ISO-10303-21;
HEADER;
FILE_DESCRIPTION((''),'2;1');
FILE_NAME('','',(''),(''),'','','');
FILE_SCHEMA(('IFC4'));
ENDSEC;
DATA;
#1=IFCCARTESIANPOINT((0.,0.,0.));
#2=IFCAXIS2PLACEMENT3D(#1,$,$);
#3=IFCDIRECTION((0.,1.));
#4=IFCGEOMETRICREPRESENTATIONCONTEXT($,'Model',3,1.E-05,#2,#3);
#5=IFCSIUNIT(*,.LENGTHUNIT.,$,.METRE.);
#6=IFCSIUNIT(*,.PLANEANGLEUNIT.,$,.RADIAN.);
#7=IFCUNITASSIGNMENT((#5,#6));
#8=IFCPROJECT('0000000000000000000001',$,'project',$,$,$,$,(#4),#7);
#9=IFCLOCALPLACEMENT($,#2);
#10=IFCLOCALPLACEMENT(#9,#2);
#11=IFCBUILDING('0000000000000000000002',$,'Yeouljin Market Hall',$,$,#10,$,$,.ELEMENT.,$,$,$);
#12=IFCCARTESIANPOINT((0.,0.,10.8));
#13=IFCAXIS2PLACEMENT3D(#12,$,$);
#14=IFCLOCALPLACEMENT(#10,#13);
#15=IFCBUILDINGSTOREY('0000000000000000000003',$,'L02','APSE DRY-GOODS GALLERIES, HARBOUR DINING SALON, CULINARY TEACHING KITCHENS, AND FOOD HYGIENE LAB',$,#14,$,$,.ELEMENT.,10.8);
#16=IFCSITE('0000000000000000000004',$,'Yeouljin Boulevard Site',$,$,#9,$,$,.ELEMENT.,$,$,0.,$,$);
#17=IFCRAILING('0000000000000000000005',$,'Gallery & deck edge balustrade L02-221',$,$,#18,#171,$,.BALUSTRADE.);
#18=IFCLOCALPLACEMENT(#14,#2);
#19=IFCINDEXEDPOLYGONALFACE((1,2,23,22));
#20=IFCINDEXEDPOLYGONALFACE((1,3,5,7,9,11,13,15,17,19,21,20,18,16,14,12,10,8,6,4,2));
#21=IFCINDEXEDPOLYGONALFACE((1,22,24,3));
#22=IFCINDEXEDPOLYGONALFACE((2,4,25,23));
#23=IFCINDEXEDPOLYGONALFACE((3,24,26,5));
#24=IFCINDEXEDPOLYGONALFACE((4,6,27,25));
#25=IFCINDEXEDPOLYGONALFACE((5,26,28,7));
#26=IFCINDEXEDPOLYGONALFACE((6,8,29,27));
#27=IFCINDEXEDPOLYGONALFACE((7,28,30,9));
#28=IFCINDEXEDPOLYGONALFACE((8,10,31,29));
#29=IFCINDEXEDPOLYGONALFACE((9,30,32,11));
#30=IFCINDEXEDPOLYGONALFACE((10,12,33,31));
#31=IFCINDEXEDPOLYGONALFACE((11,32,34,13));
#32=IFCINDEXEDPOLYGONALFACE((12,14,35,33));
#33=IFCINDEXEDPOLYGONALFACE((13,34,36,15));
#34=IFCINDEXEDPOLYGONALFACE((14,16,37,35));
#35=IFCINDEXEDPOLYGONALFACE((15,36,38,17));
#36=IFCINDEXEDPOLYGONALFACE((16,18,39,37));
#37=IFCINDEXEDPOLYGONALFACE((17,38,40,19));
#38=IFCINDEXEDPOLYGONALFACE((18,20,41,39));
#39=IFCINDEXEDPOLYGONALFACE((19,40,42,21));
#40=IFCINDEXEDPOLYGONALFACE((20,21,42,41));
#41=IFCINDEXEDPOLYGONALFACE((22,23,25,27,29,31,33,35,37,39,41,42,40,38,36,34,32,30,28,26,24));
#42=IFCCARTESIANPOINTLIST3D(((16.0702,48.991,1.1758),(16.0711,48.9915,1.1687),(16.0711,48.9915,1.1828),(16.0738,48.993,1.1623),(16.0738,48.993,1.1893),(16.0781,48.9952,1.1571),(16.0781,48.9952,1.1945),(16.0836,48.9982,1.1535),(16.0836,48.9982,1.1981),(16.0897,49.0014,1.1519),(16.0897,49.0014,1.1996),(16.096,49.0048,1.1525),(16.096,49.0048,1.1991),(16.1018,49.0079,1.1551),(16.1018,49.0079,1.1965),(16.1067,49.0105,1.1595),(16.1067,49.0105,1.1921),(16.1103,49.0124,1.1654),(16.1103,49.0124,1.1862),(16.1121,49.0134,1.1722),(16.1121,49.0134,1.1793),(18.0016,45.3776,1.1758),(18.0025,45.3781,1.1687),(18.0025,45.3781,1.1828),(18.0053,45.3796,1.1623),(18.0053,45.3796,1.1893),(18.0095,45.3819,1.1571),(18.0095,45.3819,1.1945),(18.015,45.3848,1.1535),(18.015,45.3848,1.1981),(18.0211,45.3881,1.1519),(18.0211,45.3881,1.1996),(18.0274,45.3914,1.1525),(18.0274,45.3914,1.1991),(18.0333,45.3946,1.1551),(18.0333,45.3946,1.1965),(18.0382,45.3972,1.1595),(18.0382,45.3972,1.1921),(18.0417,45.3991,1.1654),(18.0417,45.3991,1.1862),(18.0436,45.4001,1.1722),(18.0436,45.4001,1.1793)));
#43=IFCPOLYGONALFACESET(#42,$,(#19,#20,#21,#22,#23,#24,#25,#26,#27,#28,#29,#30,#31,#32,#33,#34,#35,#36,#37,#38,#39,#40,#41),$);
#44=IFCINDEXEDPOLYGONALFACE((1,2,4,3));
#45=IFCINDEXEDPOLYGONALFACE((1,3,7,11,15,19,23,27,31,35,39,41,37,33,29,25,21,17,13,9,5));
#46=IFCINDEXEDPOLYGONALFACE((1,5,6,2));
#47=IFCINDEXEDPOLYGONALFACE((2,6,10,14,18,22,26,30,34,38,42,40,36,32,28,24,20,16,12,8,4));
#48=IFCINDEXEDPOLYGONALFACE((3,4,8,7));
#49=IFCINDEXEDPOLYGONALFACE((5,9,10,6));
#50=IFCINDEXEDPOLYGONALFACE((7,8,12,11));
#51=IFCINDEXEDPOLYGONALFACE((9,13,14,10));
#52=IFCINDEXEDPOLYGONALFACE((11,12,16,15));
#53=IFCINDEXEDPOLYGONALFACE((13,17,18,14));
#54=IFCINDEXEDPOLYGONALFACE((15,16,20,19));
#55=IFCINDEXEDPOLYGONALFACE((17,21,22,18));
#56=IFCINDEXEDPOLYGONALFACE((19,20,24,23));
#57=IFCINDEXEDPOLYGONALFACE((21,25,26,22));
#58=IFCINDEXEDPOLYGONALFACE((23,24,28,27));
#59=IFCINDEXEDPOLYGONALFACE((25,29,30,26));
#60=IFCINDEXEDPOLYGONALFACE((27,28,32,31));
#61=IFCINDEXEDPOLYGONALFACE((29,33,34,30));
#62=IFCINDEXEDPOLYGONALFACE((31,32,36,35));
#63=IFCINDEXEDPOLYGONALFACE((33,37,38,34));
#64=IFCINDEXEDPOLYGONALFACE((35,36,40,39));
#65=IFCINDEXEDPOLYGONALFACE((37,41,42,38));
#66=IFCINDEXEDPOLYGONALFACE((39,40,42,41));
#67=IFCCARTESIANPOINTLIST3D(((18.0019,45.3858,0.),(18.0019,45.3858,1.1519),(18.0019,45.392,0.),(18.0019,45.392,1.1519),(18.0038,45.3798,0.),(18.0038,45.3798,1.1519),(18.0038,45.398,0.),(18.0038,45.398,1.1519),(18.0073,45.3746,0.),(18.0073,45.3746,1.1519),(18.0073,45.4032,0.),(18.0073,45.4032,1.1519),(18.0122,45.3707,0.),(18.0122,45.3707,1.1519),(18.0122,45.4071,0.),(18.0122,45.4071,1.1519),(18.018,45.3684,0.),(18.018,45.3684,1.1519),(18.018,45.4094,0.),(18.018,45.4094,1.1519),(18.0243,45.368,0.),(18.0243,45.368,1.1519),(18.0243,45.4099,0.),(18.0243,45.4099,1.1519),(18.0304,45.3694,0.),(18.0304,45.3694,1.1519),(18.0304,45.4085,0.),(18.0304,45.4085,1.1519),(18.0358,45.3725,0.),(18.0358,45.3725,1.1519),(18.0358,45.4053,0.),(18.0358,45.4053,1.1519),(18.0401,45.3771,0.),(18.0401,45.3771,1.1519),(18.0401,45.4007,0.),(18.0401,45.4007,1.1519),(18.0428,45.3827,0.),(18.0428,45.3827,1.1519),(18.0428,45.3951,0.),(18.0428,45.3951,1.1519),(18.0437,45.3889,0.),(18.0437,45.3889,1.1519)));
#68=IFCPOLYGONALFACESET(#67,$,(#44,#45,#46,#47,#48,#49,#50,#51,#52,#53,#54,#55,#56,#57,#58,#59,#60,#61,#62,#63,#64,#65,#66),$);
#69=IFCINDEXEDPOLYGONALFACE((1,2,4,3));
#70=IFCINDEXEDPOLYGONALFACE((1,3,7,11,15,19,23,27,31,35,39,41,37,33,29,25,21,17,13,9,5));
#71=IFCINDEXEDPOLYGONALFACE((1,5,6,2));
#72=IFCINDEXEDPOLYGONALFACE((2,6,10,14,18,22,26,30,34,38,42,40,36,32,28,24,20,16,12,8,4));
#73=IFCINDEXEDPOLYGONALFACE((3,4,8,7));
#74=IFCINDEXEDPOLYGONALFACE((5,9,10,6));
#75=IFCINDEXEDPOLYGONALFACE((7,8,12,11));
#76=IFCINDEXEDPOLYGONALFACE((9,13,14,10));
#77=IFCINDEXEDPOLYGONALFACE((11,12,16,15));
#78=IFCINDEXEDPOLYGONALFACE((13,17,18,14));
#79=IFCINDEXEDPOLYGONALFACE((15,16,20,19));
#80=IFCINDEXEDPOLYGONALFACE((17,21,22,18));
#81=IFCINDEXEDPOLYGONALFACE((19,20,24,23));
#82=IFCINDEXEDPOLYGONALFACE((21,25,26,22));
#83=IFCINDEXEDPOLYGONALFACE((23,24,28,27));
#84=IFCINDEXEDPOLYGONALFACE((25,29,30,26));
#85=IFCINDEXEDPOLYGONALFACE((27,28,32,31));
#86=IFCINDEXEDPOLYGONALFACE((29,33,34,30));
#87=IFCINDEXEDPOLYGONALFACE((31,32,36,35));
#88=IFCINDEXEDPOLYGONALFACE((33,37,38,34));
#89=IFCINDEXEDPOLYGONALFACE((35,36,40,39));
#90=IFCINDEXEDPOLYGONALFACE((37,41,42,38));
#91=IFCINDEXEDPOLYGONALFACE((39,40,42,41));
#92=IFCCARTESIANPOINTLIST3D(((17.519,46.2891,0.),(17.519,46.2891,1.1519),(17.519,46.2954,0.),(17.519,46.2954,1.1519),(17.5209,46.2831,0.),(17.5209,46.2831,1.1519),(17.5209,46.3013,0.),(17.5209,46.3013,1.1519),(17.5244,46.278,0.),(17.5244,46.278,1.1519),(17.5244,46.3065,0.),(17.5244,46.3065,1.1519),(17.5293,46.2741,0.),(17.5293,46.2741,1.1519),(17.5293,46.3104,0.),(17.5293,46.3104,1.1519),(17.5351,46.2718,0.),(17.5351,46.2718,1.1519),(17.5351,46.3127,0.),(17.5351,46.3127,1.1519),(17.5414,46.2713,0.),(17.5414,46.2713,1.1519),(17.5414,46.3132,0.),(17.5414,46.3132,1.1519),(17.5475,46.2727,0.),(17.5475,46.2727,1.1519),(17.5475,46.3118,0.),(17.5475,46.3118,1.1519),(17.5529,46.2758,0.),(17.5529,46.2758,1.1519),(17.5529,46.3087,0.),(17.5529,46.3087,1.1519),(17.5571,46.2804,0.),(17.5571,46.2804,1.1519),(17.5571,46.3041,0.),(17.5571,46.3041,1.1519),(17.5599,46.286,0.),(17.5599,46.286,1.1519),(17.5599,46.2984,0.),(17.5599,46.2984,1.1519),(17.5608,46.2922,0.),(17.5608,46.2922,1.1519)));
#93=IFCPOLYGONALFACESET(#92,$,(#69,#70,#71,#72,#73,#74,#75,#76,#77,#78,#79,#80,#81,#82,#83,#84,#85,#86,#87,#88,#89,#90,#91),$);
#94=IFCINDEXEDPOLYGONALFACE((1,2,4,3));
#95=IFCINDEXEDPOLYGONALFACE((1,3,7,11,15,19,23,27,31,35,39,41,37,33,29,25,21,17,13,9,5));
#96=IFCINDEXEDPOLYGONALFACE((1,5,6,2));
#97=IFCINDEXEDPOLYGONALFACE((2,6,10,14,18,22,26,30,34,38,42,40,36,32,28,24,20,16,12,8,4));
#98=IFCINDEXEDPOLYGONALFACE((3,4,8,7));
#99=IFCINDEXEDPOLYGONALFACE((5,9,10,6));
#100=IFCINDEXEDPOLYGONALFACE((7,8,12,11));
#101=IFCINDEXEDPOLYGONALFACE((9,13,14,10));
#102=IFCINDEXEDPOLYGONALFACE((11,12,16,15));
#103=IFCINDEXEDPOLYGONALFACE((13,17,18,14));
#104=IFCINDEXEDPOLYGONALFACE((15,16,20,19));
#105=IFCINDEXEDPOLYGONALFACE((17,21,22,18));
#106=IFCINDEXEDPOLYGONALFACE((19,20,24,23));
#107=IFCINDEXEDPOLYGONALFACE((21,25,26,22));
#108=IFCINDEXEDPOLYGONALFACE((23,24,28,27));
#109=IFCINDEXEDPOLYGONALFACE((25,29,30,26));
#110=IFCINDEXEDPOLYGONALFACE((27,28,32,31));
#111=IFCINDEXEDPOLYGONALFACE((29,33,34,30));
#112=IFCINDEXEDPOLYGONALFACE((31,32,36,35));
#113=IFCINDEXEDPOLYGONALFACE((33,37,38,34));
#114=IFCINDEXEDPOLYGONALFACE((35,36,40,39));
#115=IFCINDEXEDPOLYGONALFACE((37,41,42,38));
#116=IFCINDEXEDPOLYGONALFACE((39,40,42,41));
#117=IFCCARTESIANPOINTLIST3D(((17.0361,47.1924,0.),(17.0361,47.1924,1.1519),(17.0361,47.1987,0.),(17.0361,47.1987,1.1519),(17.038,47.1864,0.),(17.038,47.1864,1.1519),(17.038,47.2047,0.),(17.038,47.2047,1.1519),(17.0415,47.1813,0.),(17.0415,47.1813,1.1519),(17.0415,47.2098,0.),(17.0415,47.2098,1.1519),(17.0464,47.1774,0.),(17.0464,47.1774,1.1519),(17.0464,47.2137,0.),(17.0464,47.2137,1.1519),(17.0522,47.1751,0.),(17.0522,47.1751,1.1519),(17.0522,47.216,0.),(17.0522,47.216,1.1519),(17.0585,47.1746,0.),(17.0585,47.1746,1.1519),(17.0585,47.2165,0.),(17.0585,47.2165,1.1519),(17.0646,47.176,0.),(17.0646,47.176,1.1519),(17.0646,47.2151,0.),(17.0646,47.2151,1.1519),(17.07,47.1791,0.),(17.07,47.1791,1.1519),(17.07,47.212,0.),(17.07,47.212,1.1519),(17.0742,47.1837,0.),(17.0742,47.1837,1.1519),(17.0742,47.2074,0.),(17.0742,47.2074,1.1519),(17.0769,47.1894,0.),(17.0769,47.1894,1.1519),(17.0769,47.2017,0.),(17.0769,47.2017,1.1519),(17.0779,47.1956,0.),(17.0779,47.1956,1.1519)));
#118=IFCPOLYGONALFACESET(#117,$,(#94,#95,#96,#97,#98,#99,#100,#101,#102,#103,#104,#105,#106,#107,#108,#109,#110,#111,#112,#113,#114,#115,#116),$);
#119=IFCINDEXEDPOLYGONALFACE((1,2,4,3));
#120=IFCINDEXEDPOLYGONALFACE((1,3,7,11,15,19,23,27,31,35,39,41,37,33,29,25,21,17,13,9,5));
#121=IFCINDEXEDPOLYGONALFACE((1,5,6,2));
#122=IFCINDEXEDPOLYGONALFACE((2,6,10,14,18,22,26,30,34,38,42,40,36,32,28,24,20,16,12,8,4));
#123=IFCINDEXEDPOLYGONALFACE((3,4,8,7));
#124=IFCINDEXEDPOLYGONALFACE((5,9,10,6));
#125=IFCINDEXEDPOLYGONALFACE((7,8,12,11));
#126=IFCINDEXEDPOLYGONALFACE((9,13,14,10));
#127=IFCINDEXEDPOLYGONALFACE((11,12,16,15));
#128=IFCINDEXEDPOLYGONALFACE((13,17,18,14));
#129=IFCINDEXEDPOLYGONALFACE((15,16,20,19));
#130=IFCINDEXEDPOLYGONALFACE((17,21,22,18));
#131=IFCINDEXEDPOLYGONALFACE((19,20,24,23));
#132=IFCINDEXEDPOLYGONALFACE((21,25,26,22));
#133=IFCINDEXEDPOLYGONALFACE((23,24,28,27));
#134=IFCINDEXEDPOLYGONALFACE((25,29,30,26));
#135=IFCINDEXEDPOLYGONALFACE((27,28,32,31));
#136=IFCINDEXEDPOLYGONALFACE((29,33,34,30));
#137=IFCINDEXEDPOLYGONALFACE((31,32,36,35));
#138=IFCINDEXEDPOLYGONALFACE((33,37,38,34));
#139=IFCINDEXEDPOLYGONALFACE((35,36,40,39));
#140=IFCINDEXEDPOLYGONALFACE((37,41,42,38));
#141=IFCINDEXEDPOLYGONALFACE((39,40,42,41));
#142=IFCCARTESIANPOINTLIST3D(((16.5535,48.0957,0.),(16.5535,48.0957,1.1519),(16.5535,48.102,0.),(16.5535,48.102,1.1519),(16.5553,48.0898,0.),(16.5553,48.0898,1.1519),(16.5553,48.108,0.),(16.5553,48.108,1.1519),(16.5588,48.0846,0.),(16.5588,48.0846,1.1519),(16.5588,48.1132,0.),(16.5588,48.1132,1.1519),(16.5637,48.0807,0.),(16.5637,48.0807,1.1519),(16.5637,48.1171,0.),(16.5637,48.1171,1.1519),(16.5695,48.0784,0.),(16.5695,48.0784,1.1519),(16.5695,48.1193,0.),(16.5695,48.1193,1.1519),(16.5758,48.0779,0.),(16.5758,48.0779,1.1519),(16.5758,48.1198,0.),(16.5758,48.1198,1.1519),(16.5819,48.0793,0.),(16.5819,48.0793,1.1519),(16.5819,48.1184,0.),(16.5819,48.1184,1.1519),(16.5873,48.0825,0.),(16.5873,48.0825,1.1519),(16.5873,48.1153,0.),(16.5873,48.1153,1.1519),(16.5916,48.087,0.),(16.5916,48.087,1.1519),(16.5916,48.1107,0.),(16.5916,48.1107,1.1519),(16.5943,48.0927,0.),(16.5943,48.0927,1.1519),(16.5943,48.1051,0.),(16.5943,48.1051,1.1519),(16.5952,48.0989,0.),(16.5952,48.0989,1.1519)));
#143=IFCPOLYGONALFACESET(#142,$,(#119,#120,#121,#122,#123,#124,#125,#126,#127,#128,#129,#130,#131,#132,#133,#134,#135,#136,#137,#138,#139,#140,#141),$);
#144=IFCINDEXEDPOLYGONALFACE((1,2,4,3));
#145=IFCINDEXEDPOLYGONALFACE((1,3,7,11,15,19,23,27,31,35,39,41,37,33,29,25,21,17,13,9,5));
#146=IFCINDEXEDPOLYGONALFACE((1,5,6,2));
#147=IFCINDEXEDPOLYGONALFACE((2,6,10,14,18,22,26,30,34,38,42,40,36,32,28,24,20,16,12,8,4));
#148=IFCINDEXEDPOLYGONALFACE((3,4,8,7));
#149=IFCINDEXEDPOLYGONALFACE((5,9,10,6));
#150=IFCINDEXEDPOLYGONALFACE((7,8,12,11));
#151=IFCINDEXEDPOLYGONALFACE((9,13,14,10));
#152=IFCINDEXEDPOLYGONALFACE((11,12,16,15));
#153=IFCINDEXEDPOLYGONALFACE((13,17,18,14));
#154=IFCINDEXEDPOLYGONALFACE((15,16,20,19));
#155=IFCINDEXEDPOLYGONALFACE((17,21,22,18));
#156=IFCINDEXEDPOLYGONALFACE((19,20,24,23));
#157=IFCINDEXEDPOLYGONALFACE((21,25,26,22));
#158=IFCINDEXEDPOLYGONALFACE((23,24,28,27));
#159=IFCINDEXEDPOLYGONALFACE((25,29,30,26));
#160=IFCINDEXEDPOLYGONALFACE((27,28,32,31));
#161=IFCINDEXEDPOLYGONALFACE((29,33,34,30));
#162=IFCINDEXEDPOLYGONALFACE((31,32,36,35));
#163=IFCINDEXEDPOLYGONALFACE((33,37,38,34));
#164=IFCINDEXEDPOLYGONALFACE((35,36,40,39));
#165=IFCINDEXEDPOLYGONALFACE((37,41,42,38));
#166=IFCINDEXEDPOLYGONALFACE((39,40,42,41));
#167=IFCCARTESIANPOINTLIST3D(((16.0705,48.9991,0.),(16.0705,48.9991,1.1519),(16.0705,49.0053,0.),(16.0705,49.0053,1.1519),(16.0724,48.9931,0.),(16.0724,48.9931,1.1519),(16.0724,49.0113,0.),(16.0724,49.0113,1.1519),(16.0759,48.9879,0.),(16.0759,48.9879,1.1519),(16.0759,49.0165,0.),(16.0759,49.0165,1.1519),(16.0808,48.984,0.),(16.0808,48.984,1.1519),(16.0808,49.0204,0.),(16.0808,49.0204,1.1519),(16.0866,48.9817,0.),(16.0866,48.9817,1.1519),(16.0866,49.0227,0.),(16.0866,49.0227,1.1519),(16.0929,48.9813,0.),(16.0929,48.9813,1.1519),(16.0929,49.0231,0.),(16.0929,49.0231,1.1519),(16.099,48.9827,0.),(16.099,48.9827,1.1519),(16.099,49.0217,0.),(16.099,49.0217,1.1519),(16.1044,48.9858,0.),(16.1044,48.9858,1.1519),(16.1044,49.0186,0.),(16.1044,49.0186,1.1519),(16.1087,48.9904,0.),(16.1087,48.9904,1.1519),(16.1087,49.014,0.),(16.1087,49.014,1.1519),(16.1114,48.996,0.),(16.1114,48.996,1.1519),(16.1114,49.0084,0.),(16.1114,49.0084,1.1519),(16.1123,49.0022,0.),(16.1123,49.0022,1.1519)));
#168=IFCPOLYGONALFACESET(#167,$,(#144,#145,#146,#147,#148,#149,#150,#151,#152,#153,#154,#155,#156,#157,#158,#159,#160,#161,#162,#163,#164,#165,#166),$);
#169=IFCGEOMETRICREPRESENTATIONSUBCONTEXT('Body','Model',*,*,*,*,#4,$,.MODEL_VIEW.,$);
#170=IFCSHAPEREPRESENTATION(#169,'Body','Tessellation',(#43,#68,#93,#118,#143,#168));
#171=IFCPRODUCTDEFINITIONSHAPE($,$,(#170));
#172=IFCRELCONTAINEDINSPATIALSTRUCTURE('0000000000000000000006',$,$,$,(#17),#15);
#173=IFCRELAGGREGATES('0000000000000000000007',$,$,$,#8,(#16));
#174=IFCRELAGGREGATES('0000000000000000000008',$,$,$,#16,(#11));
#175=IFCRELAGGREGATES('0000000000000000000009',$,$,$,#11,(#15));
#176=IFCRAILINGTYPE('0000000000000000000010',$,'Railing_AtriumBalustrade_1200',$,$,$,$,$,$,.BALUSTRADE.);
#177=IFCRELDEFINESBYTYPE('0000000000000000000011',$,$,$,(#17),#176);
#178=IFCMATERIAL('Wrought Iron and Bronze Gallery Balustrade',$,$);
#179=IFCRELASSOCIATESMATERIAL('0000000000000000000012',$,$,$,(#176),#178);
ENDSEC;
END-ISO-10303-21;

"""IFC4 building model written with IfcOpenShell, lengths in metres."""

from ifc_helpers import new_model, si_unit, direction, frame, origin, origin_2d, place, context, subcontext, project, spatial, circle, extrude, material, type_object, element, save


model = new_model("IFC4")

# Units and contexts
model_context = context("Model", 3, precision=1e-05, world=origin(), true_north=direction((0.0, 1.0)))
body_context = subcontext(model_context, "Body", "Model", "MODEL_VIEW")
ifc_project = project(units=[si_unit("LENGTHUNIT", "METRE"), si_unit("PLANEANGLEUNIT", "RADIAN")], contexts=[model_context])

# Site, building, storey
site_placement = place(None, origin())
site = spatial("IfcSite", under=ifc_project, at=site_placement, Name="Yeouljin Boulevard Site", CompositionType="ELEMENT", RefElevation=0.0)
building_placement = place(site_placement, origin())
building = spatial("IfcBuilding", under=site, at=building_placement, Name="Yeouljin Market Hall", CompositionType="ELEMENT")
storey_placement = place(building_placement, frame((0.0, 0.0, 10.8)))
storey = spatial("IfcBuildingStorey", under=building, at=storey_placement, Name="L02", Description="APSE DRY-GOODS GALLERIES, HARBOUR DINING SALON, CULINARY TEACHING KITCHENS, AND FOOD HYGIENE LAB", CompositionType="ELEMENT", Elevation=10.8)

# Railing
ifc_material_1 = material(Name="Wrought Iron and Bronze Gallery Balustrade")
railing_type = type_object("IfcRailingType", Name="Railing_AtriumBalustrade_1200", PredefinedType="BALUSTRADE", material=ifc_material_1)
railing_1_placement = place(storey_placement, frame((18.0227, 45.3889, 0.0)))
element("IfcRailing", 1, at=railing_1_placement, inside=storey, type_object=railing_type, Name="Gallery & deck edge balustrade L02-221", PredefinedType="BALUSTRADE", context=body_context, shape_type="SweptSolid", body=[
    extrude(circle(Radius=0.0239, at=origin_2d()), frame((0.0, 0.0, 1.1758), z_axis=(-0.471408, 0.881915, 0.0), x_axis=(-0.881915, -0.471408, 0.0)), (0.0, 0.0, 1.0), 4.0972),
    extrude(circle(Radius=0.021, at=origin_2d()), origin(), (0.0, 0.0, 1.0), 1.1519),
    extrude(circle(Radius=0.021, at=origin_2d()), frame((-0.4829, 0.9033, 0.0)), (0.0, 0.0, 1.0), 1.1519),
    extrude(circle(Radius=0.021, at=origin_2d()), frame((-0.9658, 1.8066, 0.0)), (0.0, 0.0, 1.0), 1.1519),
    extrude(circle(Radius=0.021, at=origin_2d()), frame((-1.4485, 2.71, 0.0)), (0.0, 0.0, 1.0), 1.1519),
    extrude(circle(Radius=0.021, at=origin_2d()), frame((-1.9314, 3.6133, 0.0)), (0.0, 0.0, 1.0), 1.1519),
])

save(model, "model.ifc")
